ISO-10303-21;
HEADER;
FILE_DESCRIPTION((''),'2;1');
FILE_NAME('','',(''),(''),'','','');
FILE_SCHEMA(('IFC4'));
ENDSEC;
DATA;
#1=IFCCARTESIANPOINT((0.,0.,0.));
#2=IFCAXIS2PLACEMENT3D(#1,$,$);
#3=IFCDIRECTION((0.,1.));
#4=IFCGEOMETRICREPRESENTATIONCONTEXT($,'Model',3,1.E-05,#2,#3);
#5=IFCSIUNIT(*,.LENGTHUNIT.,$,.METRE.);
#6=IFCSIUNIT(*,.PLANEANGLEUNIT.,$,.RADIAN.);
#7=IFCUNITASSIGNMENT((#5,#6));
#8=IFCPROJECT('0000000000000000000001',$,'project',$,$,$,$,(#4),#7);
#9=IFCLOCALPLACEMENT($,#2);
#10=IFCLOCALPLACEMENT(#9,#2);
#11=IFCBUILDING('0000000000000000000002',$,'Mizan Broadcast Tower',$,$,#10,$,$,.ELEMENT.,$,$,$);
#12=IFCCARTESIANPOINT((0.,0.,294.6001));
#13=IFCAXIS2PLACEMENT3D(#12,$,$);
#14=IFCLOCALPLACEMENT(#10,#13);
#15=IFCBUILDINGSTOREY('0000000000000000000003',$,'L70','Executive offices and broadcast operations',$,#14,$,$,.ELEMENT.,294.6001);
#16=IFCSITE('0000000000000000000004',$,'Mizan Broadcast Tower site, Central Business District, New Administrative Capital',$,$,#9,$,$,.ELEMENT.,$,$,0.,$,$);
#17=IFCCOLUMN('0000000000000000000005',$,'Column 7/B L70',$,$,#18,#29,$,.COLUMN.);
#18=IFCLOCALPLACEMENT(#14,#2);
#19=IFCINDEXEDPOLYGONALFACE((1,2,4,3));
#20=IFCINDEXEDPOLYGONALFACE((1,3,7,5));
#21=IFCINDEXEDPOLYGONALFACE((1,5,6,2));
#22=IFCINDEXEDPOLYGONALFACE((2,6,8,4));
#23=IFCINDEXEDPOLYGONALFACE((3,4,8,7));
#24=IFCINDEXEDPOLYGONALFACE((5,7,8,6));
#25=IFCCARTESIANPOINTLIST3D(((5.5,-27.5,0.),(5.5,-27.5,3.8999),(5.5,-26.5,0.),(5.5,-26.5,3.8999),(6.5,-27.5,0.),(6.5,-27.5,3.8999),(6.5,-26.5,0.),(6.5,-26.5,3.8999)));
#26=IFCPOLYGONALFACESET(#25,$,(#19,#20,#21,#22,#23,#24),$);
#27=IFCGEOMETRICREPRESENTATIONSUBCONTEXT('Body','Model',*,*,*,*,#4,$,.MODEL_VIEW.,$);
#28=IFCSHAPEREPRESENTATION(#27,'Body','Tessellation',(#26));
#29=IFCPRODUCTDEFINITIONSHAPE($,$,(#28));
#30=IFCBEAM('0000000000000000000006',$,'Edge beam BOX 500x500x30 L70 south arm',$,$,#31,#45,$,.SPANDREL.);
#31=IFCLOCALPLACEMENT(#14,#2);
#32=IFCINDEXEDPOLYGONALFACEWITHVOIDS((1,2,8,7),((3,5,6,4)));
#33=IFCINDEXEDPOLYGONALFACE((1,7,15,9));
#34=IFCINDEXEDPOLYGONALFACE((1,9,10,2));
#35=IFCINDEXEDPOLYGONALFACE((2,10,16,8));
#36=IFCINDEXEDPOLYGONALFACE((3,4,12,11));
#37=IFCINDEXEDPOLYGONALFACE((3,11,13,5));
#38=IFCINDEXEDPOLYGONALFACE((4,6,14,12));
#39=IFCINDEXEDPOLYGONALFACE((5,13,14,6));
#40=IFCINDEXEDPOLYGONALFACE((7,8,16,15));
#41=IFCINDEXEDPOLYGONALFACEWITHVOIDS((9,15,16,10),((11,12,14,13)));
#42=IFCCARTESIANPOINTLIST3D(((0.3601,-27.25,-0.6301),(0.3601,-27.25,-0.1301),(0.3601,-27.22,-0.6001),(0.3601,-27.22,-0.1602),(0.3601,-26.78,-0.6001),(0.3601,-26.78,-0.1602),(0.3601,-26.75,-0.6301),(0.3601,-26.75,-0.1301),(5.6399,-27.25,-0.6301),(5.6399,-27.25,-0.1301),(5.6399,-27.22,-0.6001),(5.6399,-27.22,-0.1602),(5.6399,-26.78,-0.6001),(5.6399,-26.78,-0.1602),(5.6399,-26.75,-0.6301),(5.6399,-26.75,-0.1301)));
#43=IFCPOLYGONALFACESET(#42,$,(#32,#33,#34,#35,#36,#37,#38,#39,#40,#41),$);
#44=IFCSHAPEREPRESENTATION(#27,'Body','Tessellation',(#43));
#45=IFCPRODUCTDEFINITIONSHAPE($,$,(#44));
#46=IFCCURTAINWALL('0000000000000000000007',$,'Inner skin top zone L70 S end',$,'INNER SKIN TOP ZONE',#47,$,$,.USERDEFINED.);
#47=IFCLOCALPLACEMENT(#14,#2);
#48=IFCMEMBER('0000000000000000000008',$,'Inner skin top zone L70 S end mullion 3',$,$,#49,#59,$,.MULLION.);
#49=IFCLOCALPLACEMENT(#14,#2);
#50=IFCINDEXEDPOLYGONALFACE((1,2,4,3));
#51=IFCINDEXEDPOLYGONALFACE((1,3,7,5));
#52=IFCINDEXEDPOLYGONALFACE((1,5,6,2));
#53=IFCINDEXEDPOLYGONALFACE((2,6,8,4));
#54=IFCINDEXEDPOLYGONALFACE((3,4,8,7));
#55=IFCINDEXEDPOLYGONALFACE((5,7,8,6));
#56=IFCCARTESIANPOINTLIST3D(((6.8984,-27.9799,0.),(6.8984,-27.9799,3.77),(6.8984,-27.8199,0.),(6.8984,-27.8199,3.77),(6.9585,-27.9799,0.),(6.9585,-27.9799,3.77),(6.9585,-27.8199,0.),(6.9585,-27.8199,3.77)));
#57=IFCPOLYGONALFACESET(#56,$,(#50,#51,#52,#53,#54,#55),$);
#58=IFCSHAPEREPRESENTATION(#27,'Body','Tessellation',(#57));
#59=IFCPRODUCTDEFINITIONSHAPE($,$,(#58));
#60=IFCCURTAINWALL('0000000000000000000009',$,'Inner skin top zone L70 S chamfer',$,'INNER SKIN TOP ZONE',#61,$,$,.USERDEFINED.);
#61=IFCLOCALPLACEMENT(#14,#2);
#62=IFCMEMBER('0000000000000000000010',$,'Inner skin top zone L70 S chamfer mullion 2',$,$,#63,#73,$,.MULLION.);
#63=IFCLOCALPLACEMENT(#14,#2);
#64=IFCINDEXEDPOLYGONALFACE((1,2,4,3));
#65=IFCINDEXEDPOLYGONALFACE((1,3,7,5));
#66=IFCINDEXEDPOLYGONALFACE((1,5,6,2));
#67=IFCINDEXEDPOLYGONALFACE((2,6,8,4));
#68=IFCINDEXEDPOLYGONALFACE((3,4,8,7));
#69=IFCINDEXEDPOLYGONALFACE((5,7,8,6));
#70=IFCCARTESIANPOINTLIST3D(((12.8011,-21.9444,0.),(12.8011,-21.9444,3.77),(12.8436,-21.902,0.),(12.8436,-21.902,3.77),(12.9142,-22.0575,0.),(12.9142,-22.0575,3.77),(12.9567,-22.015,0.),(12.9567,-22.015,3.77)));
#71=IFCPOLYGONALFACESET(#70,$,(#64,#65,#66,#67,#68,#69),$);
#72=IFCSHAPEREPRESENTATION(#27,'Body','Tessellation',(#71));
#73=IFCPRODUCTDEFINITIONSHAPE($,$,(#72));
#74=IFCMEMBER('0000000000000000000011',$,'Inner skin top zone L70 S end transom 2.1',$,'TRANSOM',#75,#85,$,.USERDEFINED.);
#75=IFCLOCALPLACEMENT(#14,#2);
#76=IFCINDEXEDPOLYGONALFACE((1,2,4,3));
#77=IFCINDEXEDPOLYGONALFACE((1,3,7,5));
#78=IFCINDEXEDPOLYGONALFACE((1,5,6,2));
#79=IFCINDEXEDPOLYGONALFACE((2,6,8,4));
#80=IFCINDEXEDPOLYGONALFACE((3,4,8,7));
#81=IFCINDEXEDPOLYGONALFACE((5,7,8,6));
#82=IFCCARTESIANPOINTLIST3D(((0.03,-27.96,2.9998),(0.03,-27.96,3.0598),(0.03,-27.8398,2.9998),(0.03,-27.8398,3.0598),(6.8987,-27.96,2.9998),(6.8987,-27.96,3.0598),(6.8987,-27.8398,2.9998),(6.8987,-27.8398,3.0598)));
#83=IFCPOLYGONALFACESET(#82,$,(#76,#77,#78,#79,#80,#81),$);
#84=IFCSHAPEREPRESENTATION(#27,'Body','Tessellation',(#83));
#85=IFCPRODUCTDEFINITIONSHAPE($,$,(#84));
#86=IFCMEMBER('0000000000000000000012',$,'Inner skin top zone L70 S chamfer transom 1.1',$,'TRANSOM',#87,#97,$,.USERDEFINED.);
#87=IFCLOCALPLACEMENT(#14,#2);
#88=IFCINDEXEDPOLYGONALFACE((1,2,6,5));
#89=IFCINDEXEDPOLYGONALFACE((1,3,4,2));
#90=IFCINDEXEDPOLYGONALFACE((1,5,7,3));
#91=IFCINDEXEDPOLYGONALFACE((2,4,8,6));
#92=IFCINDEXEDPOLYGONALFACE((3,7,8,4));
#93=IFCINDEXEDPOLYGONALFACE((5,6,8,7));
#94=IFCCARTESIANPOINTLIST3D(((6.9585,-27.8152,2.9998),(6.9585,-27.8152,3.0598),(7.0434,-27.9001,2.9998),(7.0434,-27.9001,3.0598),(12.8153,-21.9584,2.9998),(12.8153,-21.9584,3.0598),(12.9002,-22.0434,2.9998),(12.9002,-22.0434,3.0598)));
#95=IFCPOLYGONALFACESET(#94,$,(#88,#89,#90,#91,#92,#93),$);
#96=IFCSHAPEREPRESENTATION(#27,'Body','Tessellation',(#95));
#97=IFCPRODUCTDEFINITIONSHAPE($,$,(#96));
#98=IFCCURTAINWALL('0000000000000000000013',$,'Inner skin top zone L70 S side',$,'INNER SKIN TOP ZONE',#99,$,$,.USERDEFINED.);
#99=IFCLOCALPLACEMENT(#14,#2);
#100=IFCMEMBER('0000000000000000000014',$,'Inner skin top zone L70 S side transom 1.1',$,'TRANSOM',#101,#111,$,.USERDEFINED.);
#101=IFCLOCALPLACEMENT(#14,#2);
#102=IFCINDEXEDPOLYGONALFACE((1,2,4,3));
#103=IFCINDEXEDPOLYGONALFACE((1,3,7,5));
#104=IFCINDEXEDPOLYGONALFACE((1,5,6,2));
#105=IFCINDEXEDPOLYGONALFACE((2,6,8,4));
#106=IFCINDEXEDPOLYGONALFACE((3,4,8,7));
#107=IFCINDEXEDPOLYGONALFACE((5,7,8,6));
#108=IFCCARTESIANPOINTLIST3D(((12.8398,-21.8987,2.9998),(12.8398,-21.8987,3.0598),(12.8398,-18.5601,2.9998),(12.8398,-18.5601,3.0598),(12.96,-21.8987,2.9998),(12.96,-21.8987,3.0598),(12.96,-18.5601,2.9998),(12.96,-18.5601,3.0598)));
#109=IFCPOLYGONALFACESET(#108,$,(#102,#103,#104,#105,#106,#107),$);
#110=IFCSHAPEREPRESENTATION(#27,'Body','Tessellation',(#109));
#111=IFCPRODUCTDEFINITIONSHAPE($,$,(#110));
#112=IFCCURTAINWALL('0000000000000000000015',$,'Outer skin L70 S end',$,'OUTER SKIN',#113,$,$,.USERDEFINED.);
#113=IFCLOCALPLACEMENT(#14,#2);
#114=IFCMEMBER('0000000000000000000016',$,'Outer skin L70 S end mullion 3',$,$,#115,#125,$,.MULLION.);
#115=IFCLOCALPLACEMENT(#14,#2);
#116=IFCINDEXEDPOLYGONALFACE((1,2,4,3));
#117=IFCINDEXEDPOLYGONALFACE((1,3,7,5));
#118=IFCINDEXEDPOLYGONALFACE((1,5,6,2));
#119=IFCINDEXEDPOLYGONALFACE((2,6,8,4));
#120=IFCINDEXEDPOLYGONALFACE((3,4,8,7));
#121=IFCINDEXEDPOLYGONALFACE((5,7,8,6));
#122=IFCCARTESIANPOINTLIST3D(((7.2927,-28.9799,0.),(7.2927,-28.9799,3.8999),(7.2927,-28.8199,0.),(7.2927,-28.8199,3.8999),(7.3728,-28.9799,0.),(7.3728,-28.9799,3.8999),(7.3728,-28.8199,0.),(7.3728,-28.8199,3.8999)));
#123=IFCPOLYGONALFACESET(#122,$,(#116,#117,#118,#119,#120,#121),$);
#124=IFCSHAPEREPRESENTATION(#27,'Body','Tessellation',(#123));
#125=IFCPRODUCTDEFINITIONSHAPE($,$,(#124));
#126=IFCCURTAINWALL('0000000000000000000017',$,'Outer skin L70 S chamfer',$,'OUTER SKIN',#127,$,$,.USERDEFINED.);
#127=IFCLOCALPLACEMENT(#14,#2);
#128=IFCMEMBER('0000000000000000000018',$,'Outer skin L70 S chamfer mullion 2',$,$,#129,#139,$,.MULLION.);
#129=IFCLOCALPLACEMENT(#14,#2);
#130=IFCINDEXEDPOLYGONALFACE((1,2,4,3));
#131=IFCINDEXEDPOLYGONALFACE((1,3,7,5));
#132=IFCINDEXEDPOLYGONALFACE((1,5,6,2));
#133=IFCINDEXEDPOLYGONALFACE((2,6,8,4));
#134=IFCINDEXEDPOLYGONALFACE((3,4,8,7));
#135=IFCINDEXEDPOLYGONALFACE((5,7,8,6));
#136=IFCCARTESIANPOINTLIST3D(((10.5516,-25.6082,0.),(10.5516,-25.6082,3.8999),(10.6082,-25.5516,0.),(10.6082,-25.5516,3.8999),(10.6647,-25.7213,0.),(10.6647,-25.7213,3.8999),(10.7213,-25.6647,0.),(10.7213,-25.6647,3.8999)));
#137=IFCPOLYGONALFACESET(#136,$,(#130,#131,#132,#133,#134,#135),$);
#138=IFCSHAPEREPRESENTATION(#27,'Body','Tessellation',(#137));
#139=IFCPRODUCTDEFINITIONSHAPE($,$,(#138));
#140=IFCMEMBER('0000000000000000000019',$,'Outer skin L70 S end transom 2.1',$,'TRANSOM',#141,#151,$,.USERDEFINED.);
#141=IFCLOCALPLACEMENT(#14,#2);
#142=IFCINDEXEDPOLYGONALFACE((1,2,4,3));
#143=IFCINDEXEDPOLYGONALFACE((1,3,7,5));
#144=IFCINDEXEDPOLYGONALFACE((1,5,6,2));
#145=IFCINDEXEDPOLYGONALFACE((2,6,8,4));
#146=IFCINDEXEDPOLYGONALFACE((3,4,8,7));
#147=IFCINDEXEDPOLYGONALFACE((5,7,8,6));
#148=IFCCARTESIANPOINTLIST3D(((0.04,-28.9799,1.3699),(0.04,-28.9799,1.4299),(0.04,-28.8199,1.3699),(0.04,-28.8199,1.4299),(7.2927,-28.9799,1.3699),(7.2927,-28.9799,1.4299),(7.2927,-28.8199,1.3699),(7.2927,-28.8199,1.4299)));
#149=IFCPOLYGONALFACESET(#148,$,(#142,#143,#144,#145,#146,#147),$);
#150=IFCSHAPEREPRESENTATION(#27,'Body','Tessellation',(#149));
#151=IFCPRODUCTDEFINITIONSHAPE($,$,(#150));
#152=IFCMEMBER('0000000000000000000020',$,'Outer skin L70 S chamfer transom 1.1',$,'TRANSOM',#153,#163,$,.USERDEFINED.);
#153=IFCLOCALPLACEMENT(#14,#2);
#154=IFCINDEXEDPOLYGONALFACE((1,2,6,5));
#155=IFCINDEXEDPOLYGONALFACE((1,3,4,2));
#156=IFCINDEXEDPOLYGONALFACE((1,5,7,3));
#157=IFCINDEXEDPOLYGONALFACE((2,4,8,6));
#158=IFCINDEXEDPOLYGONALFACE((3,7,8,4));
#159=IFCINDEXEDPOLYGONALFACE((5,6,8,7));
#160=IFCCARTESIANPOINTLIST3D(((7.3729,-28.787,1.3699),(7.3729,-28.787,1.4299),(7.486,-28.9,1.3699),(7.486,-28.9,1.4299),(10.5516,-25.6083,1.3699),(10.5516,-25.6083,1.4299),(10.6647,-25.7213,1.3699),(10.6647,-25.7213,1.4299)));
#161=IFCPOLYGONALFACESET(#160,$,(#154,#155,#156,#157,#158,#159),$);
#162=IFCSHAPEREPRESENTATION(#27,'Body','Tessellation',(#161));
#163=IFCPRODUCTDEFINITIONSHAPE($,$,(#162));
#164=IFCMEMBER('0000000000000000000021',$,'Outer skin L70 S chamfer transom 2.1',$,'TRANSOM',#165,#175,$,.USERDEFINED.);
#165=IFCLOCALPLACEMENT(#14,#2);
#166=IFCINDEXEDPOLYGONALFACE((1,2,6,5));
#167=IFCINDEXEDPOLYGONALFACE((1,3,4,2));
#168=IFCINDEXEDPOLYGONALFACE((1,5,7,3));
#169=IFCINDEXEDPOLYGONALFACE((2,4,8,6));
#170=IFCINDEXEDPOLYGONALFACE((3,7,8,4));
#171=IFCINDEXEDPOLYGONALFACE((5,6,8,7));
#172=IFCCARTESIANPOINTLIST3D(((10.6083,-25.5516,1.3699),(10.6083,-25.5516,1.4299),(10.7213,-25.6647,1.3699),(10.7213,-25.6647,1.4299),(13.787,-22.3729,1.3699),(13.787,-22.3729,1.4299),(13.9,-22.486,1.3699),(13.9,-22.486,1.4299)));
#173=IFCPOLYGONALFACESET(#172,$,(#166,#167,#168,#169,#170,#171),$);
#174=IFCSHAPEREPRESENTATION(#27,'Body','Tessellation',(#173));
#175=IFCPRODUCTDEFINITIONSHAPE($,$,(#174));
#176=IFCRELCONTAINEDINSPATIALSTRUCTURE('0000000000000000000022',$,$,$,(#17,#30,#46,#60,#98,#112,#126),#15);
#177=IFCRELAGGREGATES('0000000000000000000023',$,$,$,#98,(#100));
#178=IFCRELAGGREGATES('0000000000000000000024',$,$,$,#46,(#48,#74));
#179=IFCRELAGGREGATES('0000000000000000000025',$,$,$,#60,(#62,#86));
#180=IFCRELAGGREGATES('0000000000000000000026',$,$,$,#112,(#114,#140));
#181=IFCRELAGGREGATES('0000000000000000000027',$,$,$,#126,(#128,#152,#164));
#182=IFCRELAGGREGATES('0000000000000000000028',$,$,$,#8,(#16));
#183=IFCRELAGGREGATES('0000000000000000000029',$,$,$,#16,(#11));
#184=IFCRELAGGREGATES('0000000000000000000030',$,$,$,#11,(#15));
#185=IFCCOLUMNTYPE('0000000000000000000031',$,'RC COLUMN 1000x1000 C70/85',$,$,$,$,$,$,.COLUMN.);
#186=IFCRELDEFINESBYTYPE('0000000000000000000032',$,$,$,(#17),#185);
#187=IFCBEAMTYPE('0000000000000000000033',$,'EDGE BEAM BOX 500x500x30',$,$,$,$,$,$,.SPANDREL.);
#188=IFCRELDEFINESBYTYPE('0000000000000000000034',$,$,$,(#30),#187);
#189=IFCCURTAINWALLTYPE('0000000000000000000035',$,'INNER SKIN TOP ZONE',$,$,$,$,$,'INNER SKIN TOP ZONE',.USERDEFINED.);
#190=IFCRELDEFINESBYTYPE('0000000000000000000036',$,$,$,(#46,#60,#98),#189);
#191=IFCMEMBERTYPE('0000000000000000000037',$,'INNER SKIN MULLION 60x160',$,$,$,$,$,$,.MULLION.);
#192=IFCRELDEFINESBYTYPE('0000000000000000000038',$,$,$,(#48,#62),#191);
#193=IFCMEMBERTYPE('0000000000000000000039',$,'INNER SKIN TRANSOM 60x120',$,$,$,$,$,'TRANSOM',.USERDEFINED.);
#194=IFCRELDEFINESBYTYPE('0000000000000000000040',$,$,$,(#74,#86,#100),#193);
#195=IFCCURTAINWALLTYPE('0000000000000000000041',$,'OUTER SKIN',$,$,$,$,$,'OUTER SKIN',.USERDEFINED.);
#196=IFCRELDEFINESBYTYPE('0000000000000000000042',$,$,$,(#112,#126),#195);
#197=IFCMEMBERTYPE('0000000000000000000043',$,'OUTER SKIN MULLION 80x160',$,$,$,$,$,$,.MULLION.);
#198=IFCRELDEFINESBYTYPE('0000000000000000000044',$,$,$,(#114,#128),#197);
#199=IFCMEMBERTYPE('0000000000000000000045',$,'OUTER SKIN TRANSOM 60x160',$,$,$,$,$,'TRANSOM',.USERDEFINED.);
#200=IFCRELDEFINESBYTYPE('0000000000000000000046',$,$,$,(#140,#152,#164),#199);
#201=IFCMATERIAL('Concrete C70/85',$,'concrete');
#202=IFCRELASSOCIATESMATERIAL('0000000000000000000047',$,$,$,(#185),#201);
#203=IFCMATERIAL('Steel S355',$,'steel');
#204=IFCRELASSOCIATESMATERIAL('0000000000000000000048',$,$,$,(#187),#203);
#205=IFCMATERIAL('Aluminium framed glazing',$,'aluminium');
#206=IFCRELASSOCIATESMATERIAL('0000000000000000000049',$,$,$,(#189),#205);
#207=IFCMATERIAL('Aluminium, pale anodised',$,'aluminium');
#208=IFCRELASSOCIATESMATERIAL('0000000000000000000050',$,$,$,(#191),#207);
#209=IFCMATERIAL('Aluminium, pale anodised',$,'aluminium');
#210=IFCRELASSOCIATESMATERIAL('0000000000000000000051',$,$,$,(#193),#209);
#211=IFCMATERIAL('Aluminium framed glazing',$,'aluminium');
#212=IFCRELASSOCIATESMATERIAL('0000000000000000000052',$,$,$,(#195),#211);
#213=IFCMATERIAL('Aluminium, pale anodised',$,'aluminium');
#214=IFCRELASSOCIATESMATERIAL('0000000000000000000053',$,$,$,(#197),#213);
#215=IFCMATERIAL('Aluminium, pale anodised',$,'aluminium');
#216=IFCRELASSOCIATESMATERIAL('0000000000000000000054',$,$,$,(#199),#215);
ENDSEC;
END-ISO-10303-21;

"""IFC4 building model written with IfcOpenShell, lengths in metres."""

from ifc_helpers import new_model, si_unit, direction, frame, origin, origin_2d, place, context, subcontext, project, spatial, rectangle, hollow_rectangle, extrude, material, material_profile, profile_set, type_object, element, aggregate, save


model = new_model("IFC4")

# Units and contexts
model_context = context("Model", 3, precision=1e-05, world=origin(), true_north=direction((0.0, 1.0)))
body_context = subcontext(model_context, "Body", "Model", "MODEL_VIEW")
ifc_project = project(units=[si_unit("LENGTHUNIT", "METRE"), si_unit("PLANEANGLEUNIT", "RADIAN")], contexts=[model_context])

# Site, building, storey
site_placement = place(None, origin())
site = spatial("IfcSite", under=ifc_project, at=site_placement, Name="Mizan Broadcast Tower site, Central Business District, New Administrative Capital", CompositionType="ELEMENT", RefElevation=0.0)
building_placement = place(site_placement, origin())
building = spatial("IfcBuilding", under=site, at=building_placement, Name="Mizan Broadcast Tower", CompositionType="ELEMENT")
storey_placement = place(building_placement, frame((0.0, 0.0, 294.6001)))
storey = spatial("IfcBuildingStorey", under=building, at=storey_placement, Name="L70", Description="Executive offices and broadcast operations", CompositionType="ELEMENT", Elevation=294.6001)

# Column
ifc_material_1 = material(Name="Concrete C70/85", Category="concrete")
ifc_material_profile_1 = material_profile(ifc_material_1, rectangle(XDim=1.0, YDim=1.0, at=origin_2d()), Name="RC 1000x1000")
ifc_profile_set_1 = profile_set([ifc_material_profile_1], Name="Concrete C70/85")
column_type = type_object("IfcColumnType", Name="RC COLUMN 1000x1000 C70/85", PredefinedType="COLUMN", material=ifc_profile_set_1)
column_placement = place(storey_placement, frame((6.0, -27.0, 0.0), z_axis=(0.0, 0.0, 1.0), x_axis=(1.0, 0.0, 0.0)))
element("IfcColumn", 1, at=column_placement, inside=storey, type_object=column_type, Name="Column 7/B L70", PredefinedType="COLUMN", context=body_context, shape_type="SweptSolid", body=[
    extrude(rectangle(XDim=1.0, YDim=1.0, at=origin_2d()), origin(), (0.0, 0.0, 1.0), 3.8999),
])

# Beam
ifc_material_2 = material(Name="Steel S355", Category="steel")
ifc_material_profile_2 = material_profile(ifc_material_2, hollow_rectangle(XDim=0.5, YDim=0.5, WallThickness=0.03, at=origin_2d()), Name="BOX 500x500x30")
ifc_profile_set_2 = profile_set([ifc_material_profile_2], Name="Steel S355")
beam_type_1 = type_object("IfcBeamType", Name="EDGE BEAM BOX 500x500x30", PredefinedType="SPANDREL", material=ifc_profile_set_2)
beam_1_placement = place(storey_placement, frame((5.6399, -27.0, -0.3801), z_axis=(-1.0, 0.0, 0.0), x_axis=(0.0, -1.0, 0.0)))
element("IfcBeam", 2, at=beam_1_placement, inside=storey, type_object=beam_type_1, Name="Edge beam BOX 500x500x30 L70 south arm", PredefinedType="SPANDREL", context=body_context, shape_type="SweptSolid", body=[
    extrude(hollow_rectangle(XDim=0.5, YDim=0.5, WallThickness=0.03, at=origin_2d()), origin(), (0.0, 0.0, 1.0), 5.2798),
])

# Curtain walls, members
ifc_material_3 = material(Name="Aluminium framed glazing", Category="aluminium")
curtain_wall_type_1 = type_object("IfcCurtainWallType", Name="INNER SKIN TOP ZONE", ElementType="INNER SKIN TOP ZONE", PredefinedType="USERDEFINED", material=ifc_material_3)
curtain_wall_1_placement = place(storey_placement, origin())
curtain_wall_1 = element("IfcCurtainWall", 3, at=curtain_wall_1_placement, inside=storey, type_object=curtain_wall_type_1, Name="Inner skin top zone L70 S end", ObjectType="INNER SKIN TOP ZONE", PredefinedType="USERDEFINED")
ifc_material_4 = material(Name="Aluminium, pale anodised", Category="aluminium")
ifc_material_profile_3 = material_profile(ifc_material_4, rectangle(XDim=0.1599, YDim=0.0601, at=origin_2d()), Name="MULLION 160x60")
ifc_profile_set_3 = profile_set([ifc_material_profile_3], Name="Aluminium, pale anodised")
member_type_1 = type_object("IfcMemberType", Name="INNER SKIN MULLION 60x160", PredefinedType="MULLION", material=ifc_profile_set_3)
member_1_placement = place(storey_placement, frame((6.9285, -27.8999, 0.0), z_axis=(0.0, 0.0, 1.0), x_axis=(0.0, 1.0, 0.0)))
member_1 = element("IfcMember", 4, at=member_1_placement, type_object=member_type_1, Name="Inner skin top zone L70 S end mullion 3", PredefinedType="MULLION", context=body_context, shape_type="SweptSolid", body=[
    extrude(rectangle(XDim=0.1599, YDim=0.0601, at=origin_2d()), origin(), (0.0, 0.0, 1.0), 3.77),
])
curtain_wall_2_placement = place(storey_placement, origin())
curtain_wall_2 = element("IfcCurtainWall", 5, at=curtain_wall_2_placement, inside=storey, type_object=curtain_wall_type_1, Name="Inner skin top zone L70 S chamfer", ObjectType="INNER SKIN TOP ZONE", PredefinedType="USERDEFINED")
member_2_placement = place(storey_placement, frame((12.8789, -21.9797, 0.0), z_axis=(0.0, 0.0, 1.0), x_axis=(-0.707107, 0.707107, 0.0)))
member_2 = element("IfcMember", 6, at=member_2_placement, type_object=member_type_1, Name="Inner skin top zone L70 S chamfer mullion 2", PredefinedType="MULLION", context=body_context, shape_type="SweptSolid", body=[
    extrude(rectangle(XDim=0.1599, YDim=0.0601, at=origin_2d()), origin(), (0.0, 0.0, 1.0), 3.77),
])

# Members
ifc_material_5 = material(Name="Aluminium, pale anodised", Category="aluminium")
ifc_material_profile_4 = material_profile(ifc_material_5, rectangle(XDim=0.1201, YDim=0.0601, at=origin_2d()), Name="TRANSOM 120x60")
ifc_profile_set_4 = profile_set([ifc_material_profile_4], Name="Aluminium, pale anodised")
member_type_2 = type_object("IfcMemberType", Name="INNER SKIN TRANSOM 60x120", ElementType="TRANSOM", PredefinedType="USERDEFINED", material=ifc_profile_set_4)
member_3_placement = place(storey_placement, frame((0.03, -27.8999, 3.0298), z_axis=(1.0, 0.0, 0.0), x_axis=(0.0, 1.0, 0.0)))
member_3 = element("IfcMember", 7, at=member_3_placement, type_object=member_type_2, Name="Inner skin top zone L70 S end transom 2.1", ObjectType="TRANSOM", PredefinedType="USERDEFINED", context=body_context, shape_type="SweptSolid", body=[
    extrude(rectangle(XDim=0.1201, YDim=0.0601, at=origin_2d()), origin(), (0.0, 0.0, 1.0), 6.8687),
])
member_4_placement = place(storey_placement, frame((7.001, -27.8577, 3.0298), z_axis=(0.707107, 0.707107, 0.0), x_axis=(-0.707107, 0.707107, 0.0)))
member_4 = element("IfcMember", 8, at=member_4_placement, type_object=member_type_2, Name="Inner skin top zone L70 S chamfer transom 1.1", ObjectType="TRANSOM", PredefinedType="USERDEFINED", context=body_context, shape_type="SweptSolid", body=[
    extrude(rectangle(XDim=0.1201, YDim=0.0601, at=origin_2d()), origin(), (0.0, 0.0, 1.0), 8.2827),
])

# Curtain walls, members
curtain_wall_3_placement = place(storey_placement, origin())
curtain_wall_3 = element("IfcCurtainWall", 9, at=curtain_wall_3_placement, inside=storey, type_object=curtain_wall_type_1, Name="Inner skin top zone L70 S side", ObjectType="INNER SKIN TOP ZONE", PredefinedType="USERDEFINED")
member_5_placement = place(storey_placement, frame((12.8999, -21.8987, 3.0298), z_axis=(0.0, 1.0, 0.0), x_axis=(-1.0, 0.0, 0.0)))
member_5 = element("IfcMember", 10, at=member_5_placement, type_object=member_type_2, Name="Inner skin top zone L70 S side transom 1.1", ObjectType="TRANSOM", PredefinedType="USERDEFINED", context=body_context, shape_type="SweptSolid", body=[
    extrude(rectangle(XDim=0.1201, YDim=0.0601, at=origin_2d()), origin(), (0.0, 0.0, 1.0), 3.3386),
])
aggregate(curtain_wall_3, [member_5])
ifc_material_6 = material(Name="Aluminium framed glazing", Category="aluminium")
curtain_wall_type_2 = type_object("IfcCurtainWallType", Name="OUTER SKIN", ElementType="OUTER SKIN", PredefinedType="USERDEFINED", material=ifc_material_6)
curtain_wall_4_placement = place(storey_placement, origin())
curtain_wall_4 = element("IfcCurtainWall", 11, at=curtain_wall_4_placement, inside=storey, type_object=curtain_wall_type_2, Name="Outer skin L70 S end", ObjectType="OUTER SKIN", PredefinedType="USERDEFINED")
ifc_material_7 = material(Name="Aluminium, pale anodised", Category="aluminium")
ifc_material_profile_5 = material_profile(ifc_material_7, rectangle(XDim=0.1599, YDim=0.0801, at=origin_2d()), Name="MULLION 160x80")
ifc_profile_set_5 = profile_set([ifc_material_profile_5], Name="Aluminium, pale anodised")
member_type_3 = type_object("IfcMemberType", Name="OUTER SKIN MULLION 80x160", PredefinedType="MULLION", material=ifc_profile_set_5)
member_6_placement = place(storey_placement, frame((7.3328, -28.8999, 0.0), z_axis=(0.0, 0.0, 1.0), x_axis=(0.0, 1.0, 0.0)))
member_6 = element("IfcMember", 12, at=member_6_placement, type_object=member_type_3, Name="Outer skin L70 S end mullion 3", PredefinedType="MULLION", context=body_context, shape_type="SweptSolid", body=[
    extrude(rectangle(XDim=0.1599, YDim=0.0801, at=origin_2d()), origin(), (0.0, 0.0, 1.0), 3.8999),
])
curtain_wall_5_placement = place(storey_placement, origin())
curtain_wall_5 = element("IfcCurtainWall", 13, at=curtain_wall_5_placement, inside=storey, type_object=curtain_wall_type_2, Name="Outer skin L70 S chamfer", ObjectType="OUTER SKIN", PredefinedType="USERDEFINED")
member_7_placement = place(storey_placement, frame((10.6365, -25.6365, 0.0), z_axis=(0.0, 0.0, 1.0), x_axis=(-0.707107, 0.707107, 0.0)))
member_7 = element("IfcMember", 14, at=member_7_placement, type_object=member_type_3, Name="Outer skin L70 S chamfer mullion 2", PredefinedType="MULLION", context=body_context, shape_type="SweptSolid", body=[
    extrude(rectangle(XDim=0.1599, YDim=0.0801, at=origin_2d()), origin(), (0.0, 0.0, 1.0), 3.8999),
])

# Members
ifc_material_8 = material(Name="Aluminium, pale anodised", Category="aluminium")
ifc_material_profile_6 = material_profile(ifc_material_8, rectangle(XDim=0.1599, YDim=0.0601, at=origin_2d()), Name="TRANSOM 160x60")
ifc_profile_set_6 = profile_set([ifc_material_profile_6], Name="Aluminium, pale anodised")
member_type_4 = type_object("IfcMemberType", Name="OUTER SKIN TRANSOM 60x160", ElementType="TRANSOM", PredefinedType="USERDEFINED", material=ifc_profile_set_6)
member_8_placement = place(storey_placement, frame((0.04, -28.8999, 1.3999), z_axis=(1.0, 0.0, 0.0), x_axis=(0.0, 1.0, 0.0)))
member_8 = element("IfcMember", 15, at=member_8_placement, type_object=member_type_4, Name="Outer skin L70 S end transom 2.1", ObjectType="TRANSOM", PredefinedType="USERDEFINED", context=body_context, shape_type="SweptSolid", body=[
    extrude(rectangle(XDim=0.1599, YDim=0.0601, at=origin_2d()), origin(), (0.0, 0.0, 1.0), 7.2527),
])
member_9_placement = place(storey_placement, frame((7.4294, -28.8435, 1.3999), z_axis=(0.707107, 0.707107, 0.0), x_axis=(-0.707107, 0.707107, 0.0)))
member_9 = element("IfcMember", 16, at=member_9_placement, type_object=member_type_4, Name="Outer skin L70 S chamfer transom 1.1", ObjectType="TRANSOM", PredefinedType="USERDEFINED", context=body_context, shape_type="SweptSolid", body=[
    extrude(rectangle(XDim=0.1599, YDim=0.0601, at=origin_2d()), origin(), (0.0, 0.0, 1.0), 4.4954),
])
member_10_placement = place(storey_placement, frame((10.6648, -25.6082, 1.3999), z_axis=(0.707107, 0.707107, 0.0), x_axis=(-0.707107, 0.707107, 0.0)))
member_10 = element("IfcMember", 17, at=member_10_placement, type_object=member_type_4, Name="Outer skin L70 S chamfer transom 2.1", ObjectType="TRANSOM", PredefinedType="USERDEFINED", context=body_context, shape_type="SweptSolid", body=[
    extrude(rectangle(XDim=0.1599, YDim=0.0601, at=origin_2d()), origin(), (0.0, 0.0, 1.0), 4.4954),
])

aggregate(curtain_wall_1, [member_1, member_3])
aggregate(curtain_wall_2, [member_2, member_4])
aggregate(curtain_wall_4, [member_6, member_8])
aggregate(curtain_wall_5, [member_7, member_9, member_10])

save(model, "model.ifc")
